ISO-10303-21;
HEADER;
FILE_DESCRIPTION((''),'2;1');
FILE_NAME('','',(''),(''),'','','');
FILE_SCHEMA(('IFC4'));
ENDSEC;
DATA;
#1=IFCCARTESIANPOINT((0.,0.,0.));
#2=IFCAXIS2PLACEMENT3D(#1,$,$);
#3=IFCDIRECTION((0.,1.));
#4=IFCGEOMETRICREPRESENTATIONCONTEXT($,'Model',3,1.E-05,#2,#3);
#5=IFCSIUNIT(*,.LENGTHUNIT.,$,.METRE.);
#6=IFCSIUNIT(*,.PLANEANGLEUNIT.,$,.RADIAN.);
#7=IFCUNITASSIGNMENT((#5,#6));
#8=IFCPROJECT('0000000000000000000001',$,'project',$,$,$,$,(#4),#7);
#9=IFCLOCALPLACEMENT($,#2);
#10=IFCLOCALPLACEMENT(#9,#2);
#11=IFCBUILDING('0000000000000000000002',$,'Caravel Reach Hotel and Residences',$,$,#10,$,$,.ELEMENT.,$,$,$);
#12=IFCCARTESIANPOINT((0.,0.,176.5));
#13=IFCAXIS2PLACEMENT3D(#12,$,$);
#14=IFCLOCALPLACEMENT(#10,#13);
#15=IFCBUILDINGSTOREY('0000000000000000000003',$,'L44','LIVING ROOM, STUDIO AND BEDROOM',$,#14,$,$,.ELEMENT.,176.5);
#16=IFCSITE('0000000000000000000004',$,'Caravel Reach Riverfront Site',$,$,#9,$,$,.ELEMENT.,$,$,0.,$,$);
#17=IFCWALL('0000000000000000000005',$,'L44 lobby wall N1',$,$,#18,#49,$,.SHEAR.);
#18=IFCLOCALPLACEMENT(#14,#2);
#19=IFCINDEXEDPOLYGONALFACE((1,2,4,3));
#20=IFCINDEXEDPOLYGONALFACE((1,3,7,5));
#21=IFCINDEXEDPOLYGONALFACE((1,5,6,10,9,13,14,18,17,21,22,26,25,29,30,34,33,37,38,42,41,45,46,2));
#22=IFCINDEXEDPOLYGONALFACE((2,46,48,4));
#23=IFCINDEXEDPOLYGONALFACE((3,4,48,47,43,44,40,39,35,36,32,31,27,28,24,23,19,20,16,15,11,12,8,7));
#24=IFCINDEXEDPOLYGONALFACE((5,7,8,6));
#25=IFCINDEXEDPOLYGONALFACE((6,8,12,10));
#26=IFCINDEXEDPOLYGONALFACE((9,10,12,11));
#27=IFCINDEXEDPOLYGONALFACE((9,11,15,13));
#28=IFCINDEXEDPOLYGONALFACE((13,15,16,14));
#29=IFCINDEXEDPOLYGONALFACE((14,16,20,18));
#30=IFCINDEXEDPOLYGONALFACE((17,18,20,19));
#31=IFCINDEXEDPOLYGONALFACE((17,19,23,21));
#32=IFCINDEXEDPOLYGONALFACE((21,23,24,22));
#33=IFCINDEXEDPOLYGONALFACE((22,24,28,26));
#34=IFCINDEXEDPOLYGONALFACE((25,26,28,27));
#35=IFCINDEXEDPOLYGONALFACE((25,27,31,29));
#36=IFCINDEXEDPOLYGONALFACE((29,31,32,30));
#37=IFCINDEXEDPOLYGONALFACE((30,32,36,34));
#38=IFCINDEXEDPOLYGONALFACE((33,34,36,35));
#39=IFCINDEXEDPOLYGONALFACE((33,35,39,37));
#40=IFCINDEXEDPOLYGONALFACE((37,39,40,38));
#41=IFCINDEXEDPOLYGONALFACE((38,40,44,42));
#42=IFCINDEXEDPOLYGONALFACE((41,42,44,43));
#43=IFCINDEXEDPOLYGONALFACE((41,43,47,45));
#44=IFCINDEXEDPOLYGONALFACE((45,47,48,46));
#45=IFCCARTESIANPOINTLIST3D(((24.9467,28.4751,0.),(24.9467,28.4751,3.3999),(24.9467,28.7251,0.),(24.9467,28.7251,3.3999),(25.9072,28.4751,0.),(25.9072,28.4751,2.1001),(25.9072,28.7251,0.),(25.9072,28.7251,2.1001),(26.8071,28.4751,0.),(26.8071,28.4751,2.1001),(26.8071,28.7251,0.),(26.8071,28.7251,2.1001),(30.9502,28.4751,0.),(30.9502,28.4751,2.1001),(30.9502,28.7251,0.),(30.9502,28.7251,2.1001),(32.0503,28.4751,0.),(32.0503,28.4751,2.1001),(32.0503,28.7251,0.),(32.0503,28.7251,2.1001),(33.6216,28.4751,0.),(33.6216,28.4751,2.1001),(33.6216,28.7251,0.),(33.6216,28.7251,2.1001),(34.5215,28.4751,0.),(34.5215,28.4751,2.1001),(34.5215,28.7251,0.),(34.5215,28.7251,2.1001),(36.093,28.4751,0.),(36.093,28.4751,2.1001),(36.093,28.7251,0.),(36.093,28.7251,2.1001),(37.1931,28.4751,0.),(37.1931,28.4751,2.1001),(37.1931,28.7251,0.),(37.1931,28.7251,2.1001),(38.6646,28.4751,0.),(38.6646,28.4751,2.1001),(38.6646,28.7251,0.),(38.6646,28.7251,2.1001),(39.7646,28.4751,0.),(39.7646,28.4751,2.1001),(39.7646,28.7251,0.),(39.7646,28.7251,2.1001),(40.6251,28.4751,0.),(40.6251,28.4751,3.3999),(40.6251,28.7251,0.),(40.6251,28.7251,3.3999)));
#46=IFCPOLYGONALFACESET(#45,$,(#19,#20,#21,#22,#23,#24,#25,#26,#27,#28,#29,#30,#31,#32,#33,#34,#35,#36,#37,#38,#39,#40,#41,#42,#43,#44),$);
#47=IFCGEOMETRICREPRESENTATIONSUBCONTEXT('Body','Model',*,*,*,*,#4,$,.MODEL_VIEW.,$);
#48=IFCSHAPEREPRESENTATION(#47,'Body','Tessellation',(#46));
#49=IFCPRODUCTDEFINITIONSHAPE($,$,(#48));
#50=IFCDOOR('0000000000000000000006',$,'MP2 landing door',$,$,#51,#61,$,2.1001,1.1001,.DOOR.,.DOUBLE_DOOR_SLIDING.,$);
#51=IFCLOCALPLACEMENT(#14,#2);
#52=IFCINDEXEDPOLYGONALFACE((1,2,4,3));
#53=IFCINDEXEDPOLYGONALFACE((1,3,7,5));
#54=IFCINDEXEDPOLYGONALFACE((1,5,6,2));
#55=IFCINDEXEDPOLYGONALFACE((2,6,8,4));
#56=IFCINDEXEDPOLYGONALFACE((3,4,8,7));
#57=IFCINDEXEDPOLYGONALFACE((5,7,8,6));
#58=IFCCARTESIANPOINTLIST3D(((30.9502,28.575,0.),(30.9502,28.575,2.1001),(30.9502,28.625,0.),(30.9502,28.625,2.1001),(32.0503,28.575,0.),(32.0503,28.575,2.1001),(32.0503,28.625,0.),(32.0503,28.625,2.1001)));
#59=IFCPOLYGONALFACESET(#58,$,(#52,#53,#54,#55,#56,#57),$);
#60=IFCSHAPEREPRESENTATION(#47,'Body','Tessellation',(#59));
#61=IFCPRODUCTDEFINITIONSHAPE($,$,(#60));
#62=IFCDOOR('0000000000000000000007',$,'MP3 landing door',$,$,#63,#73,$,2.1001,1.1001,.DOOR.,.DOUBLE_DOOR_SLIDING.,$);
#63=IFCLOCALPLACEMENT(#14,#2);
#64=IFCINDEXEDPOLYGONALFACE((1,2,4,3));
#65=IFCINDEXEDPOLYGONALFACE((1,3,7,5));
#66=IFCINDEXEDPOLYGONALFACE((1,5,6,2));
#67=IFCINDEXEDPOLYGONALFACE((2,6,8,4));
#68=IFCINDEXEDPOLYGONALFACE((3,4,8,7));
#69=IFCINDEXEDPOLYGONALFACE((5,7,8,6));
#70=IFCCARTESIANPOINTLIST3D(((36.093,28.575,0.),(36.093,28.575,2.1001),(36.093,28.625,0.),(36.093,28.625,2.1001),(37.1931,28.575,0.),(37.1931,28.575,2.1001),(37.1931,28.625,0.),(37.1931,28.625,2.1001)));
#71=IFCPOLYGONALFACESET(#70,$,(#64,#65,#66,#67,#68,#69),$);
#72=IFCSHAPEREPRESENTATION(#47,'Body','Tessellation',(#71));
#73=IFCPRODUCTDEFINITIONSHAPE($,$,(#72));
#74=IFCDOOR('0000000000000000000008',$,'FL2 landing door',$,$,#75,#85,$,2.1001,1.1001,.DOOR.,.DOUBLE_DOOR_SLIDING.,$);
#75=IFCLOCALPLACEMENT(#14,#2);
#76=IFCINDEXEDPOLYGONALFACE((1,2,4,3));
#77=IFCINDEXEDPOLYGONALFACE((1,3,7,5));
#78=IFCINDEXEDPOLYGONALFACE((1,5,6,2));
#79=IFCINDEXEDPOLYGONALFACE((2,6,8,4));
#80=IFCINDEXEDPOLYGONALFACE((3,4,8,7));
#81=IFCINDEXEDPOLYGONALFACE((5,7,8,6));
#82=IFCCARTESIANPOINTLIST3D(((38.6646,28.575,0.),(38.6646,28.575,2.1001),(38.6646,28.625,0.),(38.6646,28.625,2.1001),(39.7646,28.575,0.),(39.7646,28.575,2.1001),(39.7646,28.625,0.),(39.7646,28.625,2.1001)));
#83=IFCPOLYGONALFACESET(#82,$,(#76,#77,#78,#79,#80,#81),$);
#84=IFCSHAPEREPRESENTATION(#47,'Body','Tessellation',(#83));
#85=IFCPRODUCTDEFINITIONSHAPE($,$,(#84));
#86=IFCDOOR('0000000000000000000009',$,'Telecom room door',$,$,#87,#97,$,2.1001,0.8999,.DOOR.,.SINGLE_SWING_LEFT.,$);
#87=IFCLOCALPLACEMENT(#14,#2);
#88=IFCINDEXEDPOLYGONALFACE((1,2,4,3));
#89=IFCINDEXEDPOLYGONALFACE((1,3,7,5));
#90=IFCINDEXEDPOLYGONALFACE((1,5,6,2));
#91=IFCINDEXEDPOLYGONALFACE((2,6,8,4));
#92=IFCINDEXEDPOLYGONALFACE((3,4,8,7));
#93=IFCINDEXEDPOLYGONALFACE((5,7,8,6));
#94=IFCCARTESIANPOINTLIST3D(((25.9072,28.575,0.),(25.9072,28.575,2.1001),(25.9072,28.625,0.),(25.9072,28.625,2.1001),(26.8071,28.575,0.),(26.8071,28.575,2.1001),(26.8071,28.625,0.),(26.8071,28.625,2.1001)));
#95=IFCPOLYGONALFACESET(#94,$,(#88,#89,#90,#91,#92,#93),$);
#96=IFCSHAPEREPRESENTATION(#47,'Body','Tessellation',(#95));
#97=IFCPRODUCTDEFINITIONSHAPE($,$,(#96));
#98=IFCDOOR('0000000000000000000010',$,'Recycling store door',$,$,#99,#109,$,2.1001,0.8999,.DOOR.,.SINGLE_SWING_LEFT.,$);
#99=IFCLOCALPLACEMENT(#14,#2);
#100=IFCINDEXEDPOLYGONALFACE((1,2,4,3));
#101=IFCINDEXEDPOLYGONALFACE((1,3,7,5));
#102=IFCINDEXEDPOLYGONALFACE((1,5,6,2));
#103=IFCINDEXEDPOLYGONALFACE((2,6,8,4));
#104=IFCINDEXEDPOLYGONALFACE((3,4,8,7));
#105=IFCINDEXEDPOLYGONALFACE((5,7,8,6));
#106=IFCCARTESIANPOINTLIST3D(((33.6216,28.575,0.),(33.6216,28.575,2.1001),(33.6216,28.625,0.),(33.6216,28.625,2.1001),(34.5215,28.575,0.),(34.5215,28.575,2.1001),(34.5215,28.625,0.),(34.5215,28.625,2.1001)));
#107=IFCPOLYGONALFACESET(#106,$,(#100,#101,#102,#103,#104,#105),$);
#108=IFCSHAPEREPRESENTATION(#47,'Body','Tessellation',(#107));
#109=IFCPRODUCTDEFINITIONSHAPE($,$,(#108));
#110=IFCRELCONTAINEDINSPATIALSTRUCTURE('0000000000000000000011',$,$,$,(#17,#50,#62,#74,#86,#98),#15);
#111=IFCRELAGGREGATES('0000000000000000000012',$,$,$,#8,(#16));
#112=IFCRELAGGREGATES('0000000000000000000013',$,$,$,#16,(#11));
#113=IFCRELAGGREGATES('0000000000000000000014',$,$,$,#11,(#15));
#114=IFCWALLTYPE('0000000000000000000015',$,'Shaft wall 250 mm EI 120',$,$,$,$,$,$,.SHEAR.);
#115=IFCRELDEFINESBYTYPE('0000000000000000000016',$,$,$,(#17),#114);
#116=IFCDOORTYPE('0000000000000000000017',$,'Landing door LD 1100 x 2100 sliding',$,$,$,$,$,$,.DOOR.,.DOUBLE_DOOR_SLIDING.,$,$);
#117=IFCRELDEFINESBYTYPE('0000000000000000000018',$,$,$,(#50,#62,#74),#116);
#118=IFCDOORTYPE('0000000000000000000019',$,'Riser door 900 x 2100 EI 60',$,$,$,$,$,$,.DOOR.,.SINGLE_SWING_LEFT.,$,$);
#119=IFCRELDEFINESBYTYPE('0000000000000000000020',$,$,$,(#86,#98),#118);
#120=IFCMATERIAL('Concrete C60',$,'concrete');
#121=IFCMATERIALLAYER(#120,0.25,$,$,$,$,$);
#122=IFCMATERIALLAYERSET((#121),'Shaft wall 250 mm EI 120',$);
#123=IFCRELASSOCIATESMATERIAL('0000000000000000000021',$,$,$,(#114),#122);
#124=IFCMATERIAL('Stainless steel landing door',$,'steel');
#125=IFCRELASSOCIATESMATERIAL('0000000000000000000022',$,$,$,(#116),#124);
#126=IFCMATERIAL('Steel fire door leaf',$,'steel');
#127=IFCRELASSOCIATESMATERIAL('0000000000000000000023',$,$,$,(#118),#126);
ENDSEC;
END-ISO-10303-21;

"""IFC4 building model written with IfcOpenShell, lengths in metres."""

from ifc_helpers import new_model, si_unit, direction, frame, frame_2d, origin, place, context, subcontext, project, spatial, rectangle, extrude, material, layer, layer_set, type_object, element, fill, save


model = new_model("IFC4")

# Units and contexts
model_context = context("Model", 3, precision=1e-05, world=origin(), true_north=direction((0.0, 1.0)))
body_context = subcontext(model_context, "Body", "Model", "MODEL_VIEW")
ifc_project = project(units=[si_unit("LENGTHUNIT", "METRE"), si_unit("PLANEANGLEUNIT", "RADIAN")], contexts=[model_context])

# Site, building, storey
site_placement = place(None, origin())
site = spatial("IfcSite", under=ifc_project, at=site_placement, Name="Caravel Reach Riverfront Site", CompositionType="ELEMENT", RefElevation=0.0)
building_placement = place(site_placement, origin())
building = spatial("IfcBuilding", under=site, at=building_placement, Name="Caravel Reach Hotel and Residences", CompositionType="ELEMENT")
storey_placement = place(building_placement, frame((0.0, 0.0, 176.5)))
storey = spatial("IfcBuildingStorey", under=building, at=storey_placement, Name="L44", Description="LIVING ROOM, STUDIO AND BEDROOM", CompositionType="ELEMENT", Elevation=176.5)

# Wall, openings, doors
ifc_material_1 = material(Name="Concrete C60", Category="concrete")
ifc_layer_1 = layer(ifc_material_1, 0.25)
ifc_layer_set_1 = layer_set([ifc_layer_1], Name="Shaft wall 250 mm EI 120")
wall_type_1 = type_object("IfcWallType", Name="Shaft wall 250 mm EI 120", PredefinedType="SHEAR", material=ifc_layer_set_1)
ifc_material_2 = material(Name="Stainless steel landing door", Category="steel")
door_type_1 = type_object("IfcDoorType", Name="Landing door LD 1100 x 2100 sliding", OperationType="DOUBLE_DOOR_SLIDING", PredefinedType="DOOR", material=ifc_material_2)
ifc_material_3 = material(Name="Steel fire door leaf", Category="steel")
door_type_2 = type_object("IfcDoorType", Name="Riser door 900 x 2100 EI 60", OperationType="SINGLE_SWING_LEFT", PredefinedType="DOOR", material=ifc_material_3)
wall_1_placement = place(storey_placement, frame((24.9465, 28.6001, 0.0), z_axis=(0.0, 0.0, 1.0), x_axis=(1.0, 0.0, 0.0)))
wall_1 = element("IfcWall", 1, at=wall_1_placement, inside=storey, type_object=wall_type_1, Name="L44 lobby wall N1", PredefinedType="SHEAR", context=body_context, shape_type="SweptSolid", body=[
    extrude(rectangle(XDim=15.6785, YDim=0.25, at=frame_2d((7.8394, 0.0))), origin(), (0.0, 0.0, 1.0), 3.3999),
])
opening_1_placement = place(wall_1_placement, frame((6.0037, 0.0, 0.0)))
opening_1 = element("IfcOpeningElement", 2, at=opening_1_placement, cuts=wall_1, PredefinedType="OPENING", context=body_context, shape_type="SweptSolid", body=[
    extrude(rectangle(XDim=1.1001, YDim=2.1001, at=frame_2d((0.55, 1.05))), frame((0.0, 0.135, 0.0), z_axis=(0.0, -1.0, 0.0), x_axis=(1.0, 0.0, 0.0)), (0.0, 0.0, 1.0), 0.27),
])
opening_2_placement = place(wall_1_placement, frame((11.1465, 0.0, 0.0)))
opening_2 = element("IfcOpeningElement", 3, at=opening_2_placement, cuts=wall_1, PredefinedType="OPENING", context=body_context, shape_type="SweptSolid", body=[
    extrude(rectangle(XDim=1.1001, YDim=2.1001, at=frame_2d((0.55, 1.05))), frame((0.0, 0.135, 0.0), z_axis=(0.0, -1.0, 0.0), x_axis=(1.0, 0.0, 0.0)), (0.0, 0.0, 1.0), 0.27),
])
opening_3_placement = place(wall_1_placement, frame((13.718, 0.0, 0.0)))
opening_3 = element("IfcOpeningElement", 4, at=opening_3_placement, cuts=wall_1, PredefinedType="OPENING", context=body_context, shape_type="SweptSolid", body=[
    extrude(rectangle(XDim=1.1001, YDim=2.1001, at=frame_2d((0.55, 1.05))), frame((0.0, 0.135, 0.0), z_axis=(0.0, -1.0, 0.0), x_axis=(1.0, 0.0, 0.0)), (0.0, 0.0, 1.0), 0.27),
])
opening_4_placement = place(wall_1_placement, frame((0.9607, 0.0, 0.0)))
opening_4 = element("IfcOpeningElement", 5, at=opening_4_placement, cuts=wall_1, PredefinedType="OPENING", context=body_context, shape_type="SweptSolid", body=[
    extrude(rectangle(XDim=0.8999, YDim=2.1001, at=frame_2d((0.45, 1.05))), frame((0.0, 0.135, 0.0), z_axis=(0.0, -1.0, 0.0), x_axis=(1.0, 0.0, 0.0)), (0.0, 0.0, 1.0), 0.27),
])
opening_5_placement = place(wall_1_placement, frame((8.675, 0.0, 0.0)))
opening_5 = element("IfcOpeningElement", 6, at=opening_5_placement, cuts=wall_1, PredefinedType="OPENING", context=body_context, shape_type="SweptSolid", body=[
    extrude(rectangle(XDim=0.8999, YDim=2.1001, at=frame_2d((0.45, 1.05))), frame((0.0, 0.135, 0.0), z_axis=(0.0, -1.0, 0.0), x_axis=(1.0, 0.0, 0.0)), (0.0, 0.0, 1.0), 0.27),
])
door_1_placement = place(opening_1_placement, origin())
door_1 = element("IfcDoor", 7, at=door_1_placement, inside=storey, type_object=door_type_1, Name="MP2 landing door", OperationType="DOUBLE_DOOR_SLIDING", OverallHeight=2.1001, OverallWidth=1.1001, PredefinedType="DOOR", context=body_context, shape_type="SweptSolid", body=[
    extrude(rectangle(XDim=1.1001, YDim=2.1001, at=frame_2d((0.55, 1.05))), frame((0.0, 0.0249, 0.0), z_axis=(0.0, -1.0, 0.0), x_axis=(1.0, 0.0, 0.0)), (0.0, 0.0, 1.0), 0.05),
])
fill(opening_1, door_1)
door_2_placement = place(opening_2_placement, origin())
door_2 = element("IfcDoor", 8, at=door_2_placement, inside=storey, type_object=door_type_1, Name="MP3 landing door", OperationType="DOUBLE_DOOR_SLIDING", OverallHeight=2.1001, OverallWidth=1.1001, PredefinedType="DOOR", context=body_context, shape_type="SweptSolid", body=[
    extrude(rectangle(XDim=1.1001, YDim=2.1001, at=frame_2d((0.55, 1.05))), frame((0.0, 0.0249, 0.0), z_axis=(0.0, -1.0, 0.0), x_axis=(1.0, 0.0, 0.0)), (0.0, 0.0, 1.0), 0.05),
])
fill(opening_2, door_2)
door_3_placement = place(opening_3_placement, origin())
door_3 = element("IfcDoor", 9, at=door_3_placement, inside=storey, type_object=door_type_1, Name="FL2 landing door", OperationType="DOUBLE_DOOR_SLIDING", OverallHeight=2.1001, OverallWidth=1.1001, PredefinedType="DOOR", context=body_context, shape_type="SweptSolid", body=[
    extrude(rectangle(XDim=1.1001, YDim=2.1001, at=frame_2d((0.55, 1.05))), frame((0.0, 0.0249, 0.0), z_axis=(0.0, -1.0, 0.0), x_axis=(1.0, 0.0, 0.0)), (0.0, 0.0, 1.0), 0.05),
])
fill(opening_3, door_3)
door_4_placement = place(opening_4_placement, origin())
door_4 = element("IfcDoor", 10, at=door_4_placement, inside=storey, type_object=door_type_2, Name="Telecom room door", OperationType="SINGLE_SWING_LEFT", OverallHeight=2.1001, OverallWidth=0.8999, PredefinedType="DOOR", context=body_context, shape_type="SweptSolid", body=[
    extrude(rectangle(XDim=0.8999, YDim=2.1001, at=frame_2d((0.45, 1.05))), frame((0.0, 0.0249, 0.0), z_axis=(0.0, -1.0, 0.0), x_axis=(1.0, 0.0, 0.0)), (0.0, 0.0, 1.0), 0.05),
])
fill(opening_4, door_4)
door_5_placement = place(opening_5_placement, origin())
door_5 = element("IfcDoor", 11, at=door_5_placement, inside=storey, type_object=door_type_2, Name="Recycling store door", OperationType="SINGLE_SWING_LEFT", OverallHeight=2.1001, OverallWidth=0.8999, PredefinedType="DOOR", context=body_context, shape_type="SweptSolid", body=[
    extrude(rectangle(XDim=0.8999, YDim=2.1001, at=frame_2d((0.45, 1.05))), frame((0.0, 0.0249, 0.0), z_axis=(0.0, -1.0, 0.0), x_axis=(1.0, 0.0, 0.0)), (0.0, 0.0, 1.0), 0.05),
])
fill(opening_5, door_5)

save(model, "model.ifc")
